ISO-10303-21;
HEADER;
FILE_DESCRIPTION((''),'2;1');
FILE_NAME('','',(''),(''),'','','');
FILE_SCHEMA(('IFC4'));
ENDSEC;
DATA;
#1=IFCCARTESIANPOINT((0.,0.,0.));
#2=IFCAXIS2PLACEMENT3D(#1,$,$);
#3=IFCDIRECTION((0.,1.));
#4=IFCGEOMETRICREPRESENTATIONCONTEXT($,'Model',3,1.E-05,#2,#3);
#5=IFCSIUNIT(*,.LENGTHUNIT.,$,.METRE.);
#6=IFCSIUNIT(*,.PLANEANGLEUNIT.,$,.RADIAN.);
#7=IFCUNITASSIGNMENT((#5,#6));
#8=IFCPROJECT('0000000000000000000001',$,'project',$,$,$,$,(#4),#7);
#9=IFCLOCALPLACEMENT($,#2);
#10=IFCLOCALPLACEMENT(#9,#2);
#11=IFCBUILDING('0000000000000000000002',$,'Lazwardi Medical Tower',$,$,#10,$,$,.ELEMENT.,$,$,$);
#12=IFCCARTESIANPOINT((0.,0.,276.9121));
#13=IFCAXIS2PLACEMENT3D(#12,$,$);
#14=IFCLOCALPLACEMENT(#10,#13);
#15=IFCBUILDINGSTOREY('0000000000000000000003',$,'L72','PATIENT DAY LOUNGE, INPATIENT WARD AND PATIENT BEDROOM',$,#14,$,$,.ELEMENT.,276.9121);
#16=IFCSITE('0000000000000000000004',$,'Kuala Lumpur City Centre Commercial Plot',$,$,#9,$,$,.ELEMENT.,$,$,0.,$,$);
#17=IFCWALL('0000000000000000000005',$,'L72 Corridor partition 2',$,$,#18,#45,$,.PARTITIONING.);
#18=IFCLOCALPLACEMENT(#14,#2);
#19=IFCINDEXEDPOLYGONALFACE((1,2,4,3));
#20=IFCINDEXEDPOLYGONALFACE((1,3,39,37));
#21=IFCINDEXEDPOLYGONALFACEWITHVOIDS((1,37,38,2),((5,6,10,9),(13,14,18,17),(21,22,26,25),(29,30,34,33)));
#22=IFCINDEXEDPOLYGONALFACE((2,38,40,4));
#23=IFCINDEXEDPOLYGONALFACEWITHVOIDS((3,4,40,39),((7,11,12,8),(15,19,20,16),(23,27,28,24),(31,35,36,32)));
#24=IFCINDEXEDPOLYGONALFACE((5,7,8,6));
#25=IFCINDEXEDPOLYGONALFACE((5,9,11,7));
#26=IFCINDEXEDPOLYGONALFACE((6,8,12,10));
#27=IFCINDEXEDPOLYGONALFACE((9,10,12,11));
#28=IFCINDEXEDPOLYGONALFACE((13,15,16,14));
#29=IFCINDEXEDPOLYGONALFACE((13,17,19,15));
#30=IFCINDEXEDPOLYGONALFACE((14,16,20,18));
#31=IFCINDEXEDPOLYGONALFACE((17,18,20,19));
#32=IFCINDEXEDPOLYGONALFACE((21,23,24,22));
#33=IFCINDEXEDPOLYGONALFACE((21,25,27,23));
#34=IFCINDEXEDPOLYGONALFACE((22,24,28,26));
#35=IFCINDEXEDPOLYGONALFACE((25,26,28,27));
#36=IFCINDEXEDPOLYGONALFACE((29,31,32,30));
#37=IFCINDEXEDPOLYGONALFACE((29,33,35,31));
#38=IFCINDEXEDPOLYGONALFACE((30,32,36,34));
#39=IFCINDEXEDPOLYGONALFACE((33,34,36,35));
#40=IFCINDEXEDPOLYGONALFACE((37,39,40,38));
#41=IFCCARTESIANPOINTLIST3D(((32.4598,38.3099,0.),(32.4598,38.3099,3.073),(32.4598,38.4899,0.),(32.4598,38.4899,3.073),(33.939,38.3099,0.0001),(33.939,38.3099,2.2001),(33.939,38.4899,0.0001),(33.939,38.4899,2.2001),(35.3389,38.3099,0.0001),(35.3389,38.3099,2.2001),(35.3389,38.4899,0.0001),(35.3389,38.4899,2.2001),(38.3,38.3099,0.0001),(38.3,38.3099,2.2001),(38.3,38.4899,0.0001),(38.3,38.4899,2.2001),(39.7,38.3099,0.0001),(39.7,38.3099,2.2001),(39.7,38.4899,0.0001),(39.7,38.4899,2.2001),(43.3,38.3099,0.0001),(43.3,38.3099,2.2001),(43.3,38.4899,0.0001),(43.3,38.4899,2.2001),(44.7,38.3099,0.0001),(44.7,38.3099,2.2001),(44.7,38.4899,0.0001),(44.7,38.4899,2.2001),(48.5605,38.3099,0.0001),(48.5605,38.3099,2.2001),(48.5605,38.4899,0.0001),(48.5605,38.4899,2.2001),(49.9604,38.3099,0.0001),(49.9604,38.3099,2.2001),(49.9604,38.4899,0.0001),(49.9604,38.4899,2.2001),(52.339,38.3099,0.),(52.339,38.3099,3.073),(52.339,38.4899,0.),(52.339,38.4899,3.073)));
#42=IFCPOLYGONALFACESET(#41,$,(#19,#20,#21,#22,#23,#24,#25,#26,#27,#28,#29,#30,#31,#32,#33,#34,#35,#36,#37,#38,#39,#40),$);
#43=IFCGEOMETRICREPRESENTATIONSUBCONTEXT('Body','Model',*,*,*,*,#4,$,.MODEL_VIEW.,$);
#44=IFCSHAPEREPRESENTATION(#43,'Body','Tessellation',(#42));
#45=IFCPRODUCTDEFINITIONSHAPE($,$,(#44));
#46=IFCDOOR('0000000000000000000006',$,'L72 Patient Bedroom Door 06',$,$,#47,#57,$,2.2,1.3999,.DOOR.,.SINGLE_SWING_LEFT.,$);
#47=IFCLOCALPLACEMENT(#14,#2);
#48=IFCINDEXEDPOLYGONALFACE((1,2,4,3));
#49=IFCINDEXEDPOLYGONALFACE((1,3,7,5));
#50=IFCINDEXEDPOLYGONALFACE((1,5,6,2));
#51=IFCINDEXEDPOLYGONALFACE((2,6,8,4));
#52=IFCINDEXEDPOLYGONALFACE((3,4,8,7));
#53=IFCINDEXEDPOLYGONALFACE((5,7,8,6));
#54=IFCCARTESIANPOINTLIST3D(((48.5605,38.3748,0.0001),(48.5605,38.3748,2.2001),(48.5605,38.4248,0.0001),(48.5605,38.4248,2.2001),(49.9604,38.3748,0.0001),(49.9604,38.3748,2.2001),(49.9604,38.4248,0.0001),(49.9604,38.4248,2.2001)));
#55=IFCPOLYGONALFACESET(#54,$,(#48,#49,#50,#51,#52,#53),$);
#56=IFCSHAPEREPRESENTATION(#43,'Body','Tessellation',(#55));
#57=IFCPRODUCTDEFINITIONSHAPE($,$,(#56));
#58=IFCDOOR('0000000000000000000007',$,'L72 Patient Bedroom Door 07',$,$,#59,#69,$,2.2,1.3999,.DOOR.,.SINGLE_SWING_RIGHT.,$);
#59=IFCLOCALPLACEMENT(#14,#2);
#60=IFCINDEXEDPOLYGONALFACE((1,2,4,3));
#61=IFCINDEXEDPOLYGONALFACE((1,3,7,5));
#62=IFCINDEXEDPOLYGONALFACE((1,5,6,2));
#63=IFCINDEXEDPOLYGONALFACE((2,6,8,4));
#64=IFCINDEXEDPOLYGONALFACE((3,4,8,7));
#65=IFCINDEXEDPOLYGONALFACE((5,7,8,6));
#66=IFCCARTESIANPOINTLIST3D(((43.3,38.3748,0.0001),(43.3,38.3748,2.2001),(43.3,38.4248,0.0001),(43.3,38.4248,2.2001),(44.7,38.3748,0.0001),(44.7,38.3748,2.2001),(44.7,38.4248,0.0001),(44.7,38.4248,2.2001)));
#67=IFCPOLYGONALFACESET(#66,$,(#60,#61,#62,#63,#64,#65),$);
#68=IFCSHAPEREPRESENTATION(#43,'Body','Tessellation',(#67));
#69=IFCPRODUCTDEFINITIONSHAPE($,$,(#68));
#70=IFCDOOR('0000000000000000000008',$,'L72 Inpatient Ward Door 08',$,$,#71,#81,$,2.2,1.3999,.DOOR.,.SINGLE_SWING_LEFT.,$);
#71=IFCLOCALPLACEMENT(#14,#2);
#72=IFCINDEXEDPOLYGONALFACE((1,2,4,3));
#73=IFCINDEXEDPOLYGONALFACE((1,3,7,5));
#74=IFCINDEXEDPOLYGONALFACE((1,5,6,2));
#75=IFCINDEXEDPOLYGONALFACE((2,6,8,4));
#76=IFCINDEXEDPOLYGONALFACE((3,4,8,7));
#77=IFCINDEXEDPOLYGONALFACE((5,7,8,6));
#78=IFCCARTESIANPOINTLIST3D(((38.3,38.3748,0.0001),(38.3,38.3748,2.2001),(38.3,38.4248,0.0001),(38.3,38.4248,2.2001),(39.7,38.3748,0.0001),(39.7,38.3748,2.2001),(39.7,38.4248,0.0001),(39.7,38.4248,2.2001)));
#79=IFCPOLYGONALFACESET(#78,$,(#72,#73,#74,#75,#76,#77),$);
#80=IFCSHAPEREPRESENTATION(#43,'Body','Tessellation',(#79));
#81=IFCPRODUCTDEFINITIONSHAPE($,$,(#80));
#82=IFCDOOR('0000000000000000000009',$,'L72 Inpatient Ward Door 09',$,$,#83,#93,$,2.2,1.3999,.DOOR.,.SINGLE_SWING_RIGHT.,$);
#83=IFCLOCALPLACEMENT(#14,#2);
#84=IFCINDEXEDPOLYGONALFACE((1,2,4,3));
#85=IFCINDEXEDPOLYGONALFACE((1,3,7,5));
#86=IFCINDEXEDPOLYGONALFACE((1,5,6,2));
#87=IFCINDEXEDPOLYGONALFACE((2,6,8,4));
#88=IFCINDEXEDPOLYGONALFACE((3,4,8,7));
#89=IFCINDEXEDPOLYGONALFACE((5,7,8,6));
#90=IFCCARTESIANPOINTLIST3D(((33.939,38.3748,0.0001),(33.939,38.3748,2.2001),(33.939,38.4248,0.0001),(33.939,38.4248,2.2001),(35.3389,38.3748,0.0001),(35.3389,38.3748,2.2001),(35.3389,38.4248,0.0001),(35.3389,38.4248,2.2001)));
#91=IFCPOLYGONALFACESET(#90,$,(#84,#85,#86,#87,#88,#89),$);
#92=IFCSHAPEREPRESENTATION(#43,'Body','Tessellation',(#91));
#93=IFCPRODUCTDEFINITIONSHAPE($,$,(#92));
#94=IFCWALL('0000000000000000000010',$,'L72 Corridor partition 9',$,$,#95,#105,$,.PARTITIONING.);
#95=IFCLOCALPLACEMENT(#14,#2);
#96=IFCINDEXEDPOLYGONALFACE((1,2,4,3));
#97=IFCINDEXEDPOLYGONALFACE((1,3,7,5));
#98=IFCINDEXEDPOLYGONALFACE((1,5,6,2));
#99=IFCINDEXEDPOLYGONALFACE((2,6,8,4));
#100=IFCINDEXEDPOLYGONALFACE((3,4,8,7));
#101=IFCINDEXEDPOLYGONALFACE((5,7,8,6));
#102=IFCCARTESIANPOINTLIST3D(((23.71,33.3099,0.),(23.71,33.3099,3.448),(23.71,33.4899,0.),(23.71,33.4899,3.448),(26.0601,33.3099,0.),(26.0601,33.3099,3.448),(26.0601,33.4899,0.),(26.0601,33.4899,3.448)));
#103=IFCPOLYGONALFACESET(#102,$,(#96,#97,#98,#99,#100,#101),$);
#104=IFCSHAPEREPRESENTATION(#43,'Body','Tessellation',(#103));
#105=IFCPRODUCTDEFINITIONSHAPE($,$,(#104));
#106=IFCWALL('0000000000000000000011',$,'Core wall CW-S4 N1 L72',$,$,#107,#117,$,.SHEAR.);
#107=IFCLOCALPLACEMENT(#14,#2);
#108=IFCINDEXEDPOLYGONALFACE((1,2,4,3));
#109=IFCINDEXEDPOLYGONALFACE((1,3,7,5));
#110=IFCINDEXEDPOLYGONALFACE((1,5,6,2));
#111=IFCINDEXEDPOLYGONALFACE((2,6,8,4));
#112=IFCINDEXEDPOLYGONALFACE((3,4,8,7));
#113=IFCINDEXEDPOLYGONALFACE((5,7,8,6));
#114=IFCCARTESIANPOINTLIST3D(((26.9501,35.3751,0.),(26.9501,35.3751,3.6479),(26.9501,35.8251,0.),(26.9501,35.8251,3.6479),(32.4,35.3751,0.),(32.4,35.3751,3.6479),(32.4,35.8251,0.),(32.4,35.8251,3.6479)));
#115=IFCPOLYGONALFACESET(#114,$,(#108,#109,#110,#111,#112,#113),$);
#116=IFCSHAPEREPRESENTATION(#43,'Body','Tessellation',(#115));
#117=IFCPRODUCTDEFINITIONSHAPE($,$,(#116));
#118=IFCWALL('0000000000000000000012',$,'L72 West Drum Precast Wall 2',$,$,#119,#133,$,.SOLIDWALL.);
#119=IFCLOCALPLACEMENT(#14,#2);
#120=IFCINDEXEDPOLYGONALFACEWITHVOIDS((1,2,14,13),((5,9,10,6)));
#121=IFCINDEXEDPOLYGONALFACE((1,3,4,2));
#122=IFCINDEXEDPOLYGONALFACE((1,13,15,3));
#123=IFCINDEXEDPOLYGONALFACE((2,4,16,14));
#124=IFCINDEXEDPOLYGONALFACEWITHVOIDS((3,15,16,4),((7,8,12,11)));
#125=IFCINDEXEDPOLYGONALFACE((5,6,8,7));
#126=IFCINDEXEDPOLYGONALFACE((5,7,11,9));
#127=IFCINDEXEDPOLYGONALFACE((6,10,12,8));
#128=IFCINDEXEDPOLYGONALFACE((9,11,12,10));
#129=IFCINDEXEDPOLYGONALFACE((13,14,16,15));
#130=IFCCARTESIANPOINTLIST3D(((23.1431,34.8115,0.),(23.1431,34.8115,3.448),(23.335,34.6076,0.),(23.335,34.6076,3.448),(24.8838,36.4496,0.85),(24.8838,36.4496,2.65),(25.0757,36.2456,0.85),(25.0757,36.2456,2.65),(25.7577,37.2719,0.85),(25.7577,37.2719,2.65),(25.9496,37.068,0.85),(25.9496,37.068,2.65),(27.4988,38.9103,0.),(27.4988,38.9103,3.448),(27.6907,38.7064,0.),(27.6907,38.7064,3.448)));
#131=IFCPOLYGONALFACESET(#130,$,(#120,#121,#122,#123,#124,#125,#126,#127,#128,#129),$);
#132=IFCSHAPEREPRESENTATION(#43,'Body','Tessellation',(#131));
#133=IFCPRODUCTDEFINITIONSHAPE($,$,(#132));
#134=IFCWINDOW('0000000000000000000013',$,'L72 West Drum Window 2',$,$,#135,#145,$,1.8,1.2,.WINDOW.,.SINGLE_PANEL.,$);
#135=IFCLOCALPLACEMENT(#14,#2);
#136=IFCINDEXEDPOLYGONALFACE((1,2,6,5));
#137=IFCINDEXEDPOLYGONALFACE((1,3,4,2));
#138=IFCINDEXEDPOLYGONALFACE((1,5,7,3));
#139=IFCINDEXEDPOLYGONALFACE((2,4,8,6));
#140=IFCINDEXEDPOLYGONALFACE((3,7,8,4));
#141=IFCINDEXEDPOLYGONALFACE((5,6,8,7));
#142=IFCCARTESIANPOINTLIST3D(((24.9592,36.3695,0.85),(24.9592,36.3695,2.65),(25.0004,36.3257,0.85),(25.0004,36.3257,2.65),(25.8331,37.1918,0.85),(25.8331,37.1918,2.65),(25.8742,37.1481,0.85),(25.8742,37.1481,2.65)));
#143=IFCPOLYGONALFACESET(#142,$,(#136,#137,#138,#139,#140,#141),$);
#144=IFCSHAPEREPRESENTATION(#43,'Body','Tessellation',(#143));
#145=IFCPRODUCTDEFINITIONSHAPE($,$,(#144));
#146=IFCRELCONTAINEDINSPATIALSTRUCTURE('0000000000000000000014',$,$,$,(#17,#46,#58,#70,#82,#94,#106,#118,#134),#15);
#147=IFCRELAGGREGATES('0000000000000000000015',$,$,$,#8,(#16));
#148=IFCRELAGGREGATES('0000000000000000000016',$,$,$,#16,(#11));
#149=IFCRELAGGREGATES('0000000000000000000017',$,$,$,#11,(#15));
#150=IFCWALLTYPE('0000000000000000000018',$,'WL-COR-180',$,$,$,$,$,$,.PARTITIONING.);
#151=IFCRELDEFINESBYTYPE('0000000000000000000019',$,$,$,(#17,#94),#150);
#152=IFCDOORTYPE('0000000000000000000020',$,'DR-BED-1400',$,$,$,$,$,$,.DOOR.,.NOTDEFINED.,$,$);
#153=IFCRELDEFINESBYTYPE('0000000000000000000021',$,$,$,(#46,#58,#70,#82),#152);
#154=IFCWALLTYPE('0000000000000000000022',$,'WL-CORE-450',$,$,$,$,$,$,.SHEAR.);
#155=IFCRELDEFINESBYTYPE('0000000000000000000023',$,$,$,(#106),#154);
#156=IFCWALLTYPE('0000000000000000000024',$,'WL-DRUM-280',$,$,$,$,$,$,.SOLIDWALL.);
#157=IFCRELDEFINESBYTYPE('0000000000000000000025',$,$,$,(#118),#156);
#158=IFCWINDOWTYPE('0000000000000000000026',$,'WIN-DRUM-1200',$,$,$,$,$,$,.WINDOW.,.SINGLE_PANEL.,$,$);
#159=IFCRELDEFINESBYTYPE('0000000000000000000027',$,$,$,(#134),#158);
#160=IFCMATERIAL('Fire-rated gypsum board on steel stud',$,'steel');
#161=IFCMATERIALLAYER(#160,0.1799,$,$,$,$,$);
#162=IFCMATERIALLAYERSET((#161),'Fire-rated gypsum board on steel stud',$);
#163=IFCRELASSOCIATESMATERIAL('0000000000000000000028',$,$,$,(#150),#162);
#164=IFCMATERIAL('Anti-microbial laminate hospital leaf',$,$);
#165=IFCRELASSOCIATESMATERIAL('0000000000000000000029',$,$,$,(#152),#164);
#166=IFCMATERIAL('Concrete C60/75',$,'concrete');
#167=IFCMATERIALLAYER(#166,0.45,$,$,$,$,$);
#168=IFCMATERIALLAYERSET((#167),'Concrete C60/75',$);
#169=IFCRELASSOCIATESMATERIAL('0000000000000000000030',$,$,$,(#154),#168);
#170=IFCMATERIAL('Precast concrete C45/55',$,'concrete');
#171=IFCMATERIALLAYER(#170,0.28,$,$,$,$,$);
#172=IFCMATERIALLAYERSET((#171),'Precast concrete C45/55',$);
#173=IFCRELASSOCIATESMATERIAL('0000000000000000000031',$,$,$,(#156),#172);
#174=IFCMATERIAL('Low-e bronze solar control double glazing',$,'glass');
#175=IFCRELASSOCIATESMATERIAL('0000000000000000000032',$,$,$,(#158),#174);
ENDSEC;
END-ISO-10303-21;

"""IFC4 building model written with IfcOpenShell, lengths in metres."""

from ifc_helpers import new_model, si_unit, direction, frame, frame_2d, origin, place, context, subcontext, project, spatial, rectangle, extrude, material, layer, layer_set, type_object, element, fill, save


model = new_model("IFC4")

# Units and contexts
model_context = context("Model", 3, precision=1e-05, world=origin(), true_north=direction((0.0, 1.0)))
body_context = subcontext(model_context, "Body", "Model", "MODEL_VIEW")
ifc_project = project(units=[si_unit("LENGTHUNIT", "METRE"), si_unit("PLANEANGLEUNIT", "RADIAN")], contexts=[model_context])

# Site, building, storey
site_placement = place(None, origin())
site = spatial("IfcSite", under=ifc_project, at=site_placement, Name="Kuala Lumpur City Centre Commercial Plot", CompositionType="ELEMENT", RefElevation=0.0)
building_placement = place(site_placement, origin())
building = spatial("IfcBuilding", under=site, at=building_placement, Name="Lazwardi Medical Tower", CompositionType="ELEMENT")
storey_placement = place(building_placement, frame((0.0, 0.0, 276.9121)))
storey = spatial("IfcBuildingStorey", under=building, at=storey_placement, Name="L72", Description="PATIENT DAY LOUNGE, INPATIENT WARD AND PATIENT BEDROOM", CompositionType="ELEMENT", Elevation=276.9121)

# Shared definitions
ifc_material_1 = material(Name="Concrete C60/75", Category="concrete")

# Shared definitions
ifc_material_2 = material(Name="Fire-rated gypsum board on steel stud", Category="steel")
ifc_layer_1 = layer(ifc_material_2, 0.1799)
ifc_layer_set_1 = layer_set([ifc_layer_1], Name="Fire-rated gypsum board on steel stud")
wall_type_1 = type_object("IfcWallType", Name="WL-COR-180", PredefinedType="PARTITIONING", material=ifc_layer_set_1)

# Wall, openings, doors
wall_1_placement = place(storey_placement, frame((32.46, 38.3999, 0.0), z_axis=(0.0, 0.0, 1.0), x_axis=(1.0, 0.0, 0.0)))
wall_1 = element("IfcWall", 1, at=wall_1_placement, inside=storey, type_object=wall_type_1, Name="L72 Corridor partition 2", PredefinedType="PARTITIONING", context=body_context, shape_type="SweptSolid", body=[
    extrude(rectangle(XDim=19.8792, YDim=0.1799, at=frame_2d((9.9395, 0.0))), origin(), (0.0, 0.0, 1.0), 3.073),
])
opening_1_placement = place(wall_1_placement, frame((16.1006, 0.0, 0.0)))
opening_1 = element("IfcOpeningElement", 2, at=opening_1_placement, cuts=wall_1, PredefinedType="OPENING", context=body_context, shape_type="SweptSolid", body=[
    extrude(rectangle(XDim=1.3999, YDim=2.2, at=frame_2d((0.7, 1.1001))), frame((0.0, 0.0999, 0.0), z_axis=(0.0, -1.0, 0.0), x_axis=(1.0, 0.0, 0.0)), (0.0, 0.0, 1.0), 0.2),
])
opening_2_placement = place(wall_1_placement, frame((10.8401, 0.0, 0.0)))
opening_2 = element("IfcOpeningElement", 3, at=opening_2_placement, cuts=wall_1, PredefinedType="OPENING", context=body_context, shape_type="SweptSolid", body=[
    extrude(rectangle(XDim=1.3999, YDim=2.2, at=frame_2d((0.7, 1.1001))), frame((0.0, 0.0999, 0.0), z_axis=(0.0, -1.0, 0.0), x_axis=(1.0, 0.0, 0.0)), (0.0, 0.0, 1.0), 0.2),
])
opening_3_placement = place(wall_1_placement, frame((5.8401, 0.0, 0.0)))
opening_3 = element("IfcOpeningElement", 4, at=opening_3_placement, cuts=wall_1, PredefinedType="OPENING", context=body_context, shape_type="SweptSolid", body=[
    extrude(rectangle(XDim=1.3999, YDim=2.2, at=frame_2d((0.7, 1.1001))), frame((0.0, 0.0999, 0.0), z_axis=(0.0, -1.0, 0.0), x_axis=(1.0, 0.0, 0.0)), (0.0, 0.0, 1.0), 0.2),
])
opening_4_placement = place(wall_1_placement, frame((1.479, 0.0, 0.0)))
opening_4 = element("IfcOpeningElement", 5, at=opening_4_placement, cuts=wall_1, PredefinedType="OPENING", context=body_context, shape_type="SweptSolid", body=[
    extrude(rectangle(XDim=1.3999, YDim=2.2, at=frame_2d((0.7, 1.1001))), frame((0.0, 0.0999, 0.0), z_axis=(0.0, -1.0, 0.0), x_axis=(1.0, 0.0, 0.0)), (0.0, 0.0, 1.0), 0.2),
])
ifc_material_3 = material(Name="Anti-microbial laminate hospital leaf")
door_type = type_object("IfcDoorType", Name="DR-BED-1400", OperationType="NOTDEFINED", PredefinedType="DOOR", material=ifc_material_3)
door_1_placement = place(opening_1_placement, origin())
door_1 = element("IfcDoor", 6, at=door_1_placement, inside=storey, type_object=door_type, Name="L72 Patient Bedroom Door 06", OperationType="SINGLE_SWING_LEFT", OverallHeight=2.2, OverallWidth=1.3999, PredefinedType="DOOR", context=body_context, shape_type="SweptSolid", body=[
    extrude(rectangle(XDim=1.3999, YDim=2.2, at=frame_2d((0.7, 1.1001))), frame((0.0, 0.0249, 0.0), z_axis=(0.0, -1.0, 0.0), x_axis=(1.0, 0.0, 0.0)), (0.0, 0.0, 1.0), 0.05),
])
fill(opening_1, door_1)
door_2_placement = place(opening_2_placement, origin())
door_2 = element("IfcDoor", 7, at=door_2_placement, inside=storey, type_object=door_type, Name="L72 Patient Bedroom Door 07", OperationType="SINGLE_SWING_RIGHT", OverallHeight=2.2, OverallWidth=1.3999, PredefinedType="DOOR", context=body_context, shape_type="SweptSolid", body=[
    extrude(rectangle(XDim=1.3999, YDim=2.2, at=frame_2d((0.7, 1.1001))), frame((0.0, 0.0249, 0.0), z_axis=(0.0, -1.0, 0.0), x_axis=(1.0, 0.0, 0.0)), (0.0, 0.0, 1.0), 0.05),
])
fill(opening_2, door_2)
door_3_placement = place(opening_3_placement, origin())
door_3 = element("IfcDoor", 8, at=door_3_placement, inside=storey, type_object=door_type, Name="L72 Inpatient Ward Door 08", OperationType="SINGLE_SWING_LEFT", OverallHeight=2.2, OverallWidth=1.3999, PredefinedType="DOOR", context=body_context, shape_type="SweptSolid", body=[
    extrude(rectangle(XDim=1.3999, YDim=2.2, at=frame_2d((0.7, 1.1001))), frame((0.0, 0.0249, 0.0), z_axis=(0.0, -1.0, 0.0), x_axis=(1.0, 0.0, 0.0)), (0.0, 0.0, 1.0), 0.05),
])
fill(opening_3, door_3)
door_4_placement = place(opening_4_placement, origin())
door_4 = element("IfcDoor", 9, at=door_4_placement, inside=storey, type_object=door_type, Name="L72 Inpatient Ward Door 09", OperationType="SINGLE_SWING_RIGHT", OverallHeight=2.2, OverallWidth=1.3999, PredefinedType="DOOR", context=body_context, shape_type="SweptSolid", body=[
    extrude(rectangle(XDim=1.3999, YDim=2.2, at=frame_2d((0.7, 1.1001))), frame((0.0, 0.0249, 0.0), z_axis=(0.0, -1.0, 0.0), x_axis=(1.0, 0.0, 0.0)), (0.0, 0.0, 1.0), 0.05),
])
fill(opening_4, door_4)

# Walls
wall_2_placement = place(storey_placement, frame((23.71, 33.3999, 0.0), z_axis=(0.0, 0.0, 1.0), x_axis=(1.0, 0.0, 0.0)))
element("IfcWall", 10, at=wall_2_placement, inside=storey, type_object=wall_type_1, Name="L72 Corridor partition 9", PredefinedType="PARTITIONING", context=body_context, shape_type="SweptSolid", body=[
    extrude(rectangle(XDim=2.3501, YDim=0.1799, at=frame_2d((1.175, 0.0))), origin(), (0.0, 0.0, 1.0), 3.448),
])
ifc_layer_2 = layer(ifc_material_1, 0.45)
ifc_layer_set_2 = layer_set([ifc_layer_2], Name="Concrete C60/75")
wall_type_2 = type_object("IfcWallType", Name="WL-CORE-450", PredefinedType="SHEAR", material=ifc_layer_set_2)
wall_3_placement = place(storey_placement, frame((26.95, 35.6001, 0.0), z_axis=(0.0, 0.0, 1.0), x_axis=(1.0, 0.0, 0.0)))
element("IfcWall", 11, at=wall_3_placement, inside=storey, type_object=wall_type_2, Name="Core wall CW-S4 N1 L72", PredefinedType="SHEAR", context=body_context, shape_type="SweptSolid", body=[
    extrude(rectangle(XDim=5.45, YDim=0.45, at=frame_2d((2.7251, 0.0))), origin(), (0.0, 0.0, 1.0), 3.6479),
])

# Wall, opening, window
ifc_material_4 = material(Name="Precast concrete C45/55", Category="concrete")
ifc_layer_3 = layer(ifc_material_4, 0.28)
ifc_layer_set_3 = layer_set([ifc_layer_3], Name="Precast concrete C45/55")
wall_type_3 = type_object("IfcWallType", Name="WL-DRUM-280", PredefinedType="SOLIDWALL", material=ifc_layer_set_3)
wall_4_placement = place(storey_placement, frame((27.5947, 38.8083, 0.0), z_axis=(0.0, 0.0, 1.0), x_axis=(-0.728252, -0.68531, 0.0)))
wall_4 = element("IfcWall", 12, at=wall_4_placement, inside=storey, type_object=wall_type_3, Name="L72 West Drum Precast Wall 2", PredefinedType="SOLIDWALL", context=body_context, shape_type="SweptSolid", body=[
    extrude(rectangle(XDim=5.981, YDim=0.28, at=frame_2d((2.9905, 0.0))), origin(), (0.0, 0.0, 1.0), 3.448),
])
opening_5_placement = place(wall_4_placement, frame((2.3906, 0.0, 0.8501)))
opening_5 = element("IfcOpeningElement", 13, at=opening_5_placement, cuts=wall_4, PredefinedType="OPENING", context=body_context, shape_type="SweptSolid", body=[
    extrude(rectangle(XDim=1.2, YDim=1.8, at=frame_2d((0.6001, 0.8999))), frame((0.0, 0.1499, 0.0), z_axis=(0.0, -1.0, 0.0), x_axis=(1.0, 0.0, 0.0)), (0.0, 0.0, 1.0), 0.3),
])
ifc_material_5 = material(Name="Low-e bronze solar control double glazing", Category="glass")
window_type = type_object("IfcWindowType", Name="WIN-DRUM-1200", PartitioningType="SINGLE_PANEL", PredefinedType="WINDOW", material=ifc_material_5)
window_1_placement = place(opening_5_placement, origin())
window_1 = element("IfcWindow", 14, at=window_1_placement, inside=storey, type_object=window_type, Name="L72 West Drum Window 2", OverallHeight=1.8, OverallWidth=1.2, PartitioningType="SINGLE_PANEL", PredefinedType="WINDOW", context=body_context, shape_type="SweptSolid", body=[
    extrude(rectangle(XDim=1.2, YDim=1.8, at=frame_2d((0.6001, 0.8999))), frame((0.0, 0.03, 0.0), z_axis=(0.0, -1.0, 0.0), x_axis=(1.0, 0.0, 0.0)), (0.0, 0.0, 1.0), 0.0601),
])
fill(opening_5, window_1)

save(model, "model.ifc")
